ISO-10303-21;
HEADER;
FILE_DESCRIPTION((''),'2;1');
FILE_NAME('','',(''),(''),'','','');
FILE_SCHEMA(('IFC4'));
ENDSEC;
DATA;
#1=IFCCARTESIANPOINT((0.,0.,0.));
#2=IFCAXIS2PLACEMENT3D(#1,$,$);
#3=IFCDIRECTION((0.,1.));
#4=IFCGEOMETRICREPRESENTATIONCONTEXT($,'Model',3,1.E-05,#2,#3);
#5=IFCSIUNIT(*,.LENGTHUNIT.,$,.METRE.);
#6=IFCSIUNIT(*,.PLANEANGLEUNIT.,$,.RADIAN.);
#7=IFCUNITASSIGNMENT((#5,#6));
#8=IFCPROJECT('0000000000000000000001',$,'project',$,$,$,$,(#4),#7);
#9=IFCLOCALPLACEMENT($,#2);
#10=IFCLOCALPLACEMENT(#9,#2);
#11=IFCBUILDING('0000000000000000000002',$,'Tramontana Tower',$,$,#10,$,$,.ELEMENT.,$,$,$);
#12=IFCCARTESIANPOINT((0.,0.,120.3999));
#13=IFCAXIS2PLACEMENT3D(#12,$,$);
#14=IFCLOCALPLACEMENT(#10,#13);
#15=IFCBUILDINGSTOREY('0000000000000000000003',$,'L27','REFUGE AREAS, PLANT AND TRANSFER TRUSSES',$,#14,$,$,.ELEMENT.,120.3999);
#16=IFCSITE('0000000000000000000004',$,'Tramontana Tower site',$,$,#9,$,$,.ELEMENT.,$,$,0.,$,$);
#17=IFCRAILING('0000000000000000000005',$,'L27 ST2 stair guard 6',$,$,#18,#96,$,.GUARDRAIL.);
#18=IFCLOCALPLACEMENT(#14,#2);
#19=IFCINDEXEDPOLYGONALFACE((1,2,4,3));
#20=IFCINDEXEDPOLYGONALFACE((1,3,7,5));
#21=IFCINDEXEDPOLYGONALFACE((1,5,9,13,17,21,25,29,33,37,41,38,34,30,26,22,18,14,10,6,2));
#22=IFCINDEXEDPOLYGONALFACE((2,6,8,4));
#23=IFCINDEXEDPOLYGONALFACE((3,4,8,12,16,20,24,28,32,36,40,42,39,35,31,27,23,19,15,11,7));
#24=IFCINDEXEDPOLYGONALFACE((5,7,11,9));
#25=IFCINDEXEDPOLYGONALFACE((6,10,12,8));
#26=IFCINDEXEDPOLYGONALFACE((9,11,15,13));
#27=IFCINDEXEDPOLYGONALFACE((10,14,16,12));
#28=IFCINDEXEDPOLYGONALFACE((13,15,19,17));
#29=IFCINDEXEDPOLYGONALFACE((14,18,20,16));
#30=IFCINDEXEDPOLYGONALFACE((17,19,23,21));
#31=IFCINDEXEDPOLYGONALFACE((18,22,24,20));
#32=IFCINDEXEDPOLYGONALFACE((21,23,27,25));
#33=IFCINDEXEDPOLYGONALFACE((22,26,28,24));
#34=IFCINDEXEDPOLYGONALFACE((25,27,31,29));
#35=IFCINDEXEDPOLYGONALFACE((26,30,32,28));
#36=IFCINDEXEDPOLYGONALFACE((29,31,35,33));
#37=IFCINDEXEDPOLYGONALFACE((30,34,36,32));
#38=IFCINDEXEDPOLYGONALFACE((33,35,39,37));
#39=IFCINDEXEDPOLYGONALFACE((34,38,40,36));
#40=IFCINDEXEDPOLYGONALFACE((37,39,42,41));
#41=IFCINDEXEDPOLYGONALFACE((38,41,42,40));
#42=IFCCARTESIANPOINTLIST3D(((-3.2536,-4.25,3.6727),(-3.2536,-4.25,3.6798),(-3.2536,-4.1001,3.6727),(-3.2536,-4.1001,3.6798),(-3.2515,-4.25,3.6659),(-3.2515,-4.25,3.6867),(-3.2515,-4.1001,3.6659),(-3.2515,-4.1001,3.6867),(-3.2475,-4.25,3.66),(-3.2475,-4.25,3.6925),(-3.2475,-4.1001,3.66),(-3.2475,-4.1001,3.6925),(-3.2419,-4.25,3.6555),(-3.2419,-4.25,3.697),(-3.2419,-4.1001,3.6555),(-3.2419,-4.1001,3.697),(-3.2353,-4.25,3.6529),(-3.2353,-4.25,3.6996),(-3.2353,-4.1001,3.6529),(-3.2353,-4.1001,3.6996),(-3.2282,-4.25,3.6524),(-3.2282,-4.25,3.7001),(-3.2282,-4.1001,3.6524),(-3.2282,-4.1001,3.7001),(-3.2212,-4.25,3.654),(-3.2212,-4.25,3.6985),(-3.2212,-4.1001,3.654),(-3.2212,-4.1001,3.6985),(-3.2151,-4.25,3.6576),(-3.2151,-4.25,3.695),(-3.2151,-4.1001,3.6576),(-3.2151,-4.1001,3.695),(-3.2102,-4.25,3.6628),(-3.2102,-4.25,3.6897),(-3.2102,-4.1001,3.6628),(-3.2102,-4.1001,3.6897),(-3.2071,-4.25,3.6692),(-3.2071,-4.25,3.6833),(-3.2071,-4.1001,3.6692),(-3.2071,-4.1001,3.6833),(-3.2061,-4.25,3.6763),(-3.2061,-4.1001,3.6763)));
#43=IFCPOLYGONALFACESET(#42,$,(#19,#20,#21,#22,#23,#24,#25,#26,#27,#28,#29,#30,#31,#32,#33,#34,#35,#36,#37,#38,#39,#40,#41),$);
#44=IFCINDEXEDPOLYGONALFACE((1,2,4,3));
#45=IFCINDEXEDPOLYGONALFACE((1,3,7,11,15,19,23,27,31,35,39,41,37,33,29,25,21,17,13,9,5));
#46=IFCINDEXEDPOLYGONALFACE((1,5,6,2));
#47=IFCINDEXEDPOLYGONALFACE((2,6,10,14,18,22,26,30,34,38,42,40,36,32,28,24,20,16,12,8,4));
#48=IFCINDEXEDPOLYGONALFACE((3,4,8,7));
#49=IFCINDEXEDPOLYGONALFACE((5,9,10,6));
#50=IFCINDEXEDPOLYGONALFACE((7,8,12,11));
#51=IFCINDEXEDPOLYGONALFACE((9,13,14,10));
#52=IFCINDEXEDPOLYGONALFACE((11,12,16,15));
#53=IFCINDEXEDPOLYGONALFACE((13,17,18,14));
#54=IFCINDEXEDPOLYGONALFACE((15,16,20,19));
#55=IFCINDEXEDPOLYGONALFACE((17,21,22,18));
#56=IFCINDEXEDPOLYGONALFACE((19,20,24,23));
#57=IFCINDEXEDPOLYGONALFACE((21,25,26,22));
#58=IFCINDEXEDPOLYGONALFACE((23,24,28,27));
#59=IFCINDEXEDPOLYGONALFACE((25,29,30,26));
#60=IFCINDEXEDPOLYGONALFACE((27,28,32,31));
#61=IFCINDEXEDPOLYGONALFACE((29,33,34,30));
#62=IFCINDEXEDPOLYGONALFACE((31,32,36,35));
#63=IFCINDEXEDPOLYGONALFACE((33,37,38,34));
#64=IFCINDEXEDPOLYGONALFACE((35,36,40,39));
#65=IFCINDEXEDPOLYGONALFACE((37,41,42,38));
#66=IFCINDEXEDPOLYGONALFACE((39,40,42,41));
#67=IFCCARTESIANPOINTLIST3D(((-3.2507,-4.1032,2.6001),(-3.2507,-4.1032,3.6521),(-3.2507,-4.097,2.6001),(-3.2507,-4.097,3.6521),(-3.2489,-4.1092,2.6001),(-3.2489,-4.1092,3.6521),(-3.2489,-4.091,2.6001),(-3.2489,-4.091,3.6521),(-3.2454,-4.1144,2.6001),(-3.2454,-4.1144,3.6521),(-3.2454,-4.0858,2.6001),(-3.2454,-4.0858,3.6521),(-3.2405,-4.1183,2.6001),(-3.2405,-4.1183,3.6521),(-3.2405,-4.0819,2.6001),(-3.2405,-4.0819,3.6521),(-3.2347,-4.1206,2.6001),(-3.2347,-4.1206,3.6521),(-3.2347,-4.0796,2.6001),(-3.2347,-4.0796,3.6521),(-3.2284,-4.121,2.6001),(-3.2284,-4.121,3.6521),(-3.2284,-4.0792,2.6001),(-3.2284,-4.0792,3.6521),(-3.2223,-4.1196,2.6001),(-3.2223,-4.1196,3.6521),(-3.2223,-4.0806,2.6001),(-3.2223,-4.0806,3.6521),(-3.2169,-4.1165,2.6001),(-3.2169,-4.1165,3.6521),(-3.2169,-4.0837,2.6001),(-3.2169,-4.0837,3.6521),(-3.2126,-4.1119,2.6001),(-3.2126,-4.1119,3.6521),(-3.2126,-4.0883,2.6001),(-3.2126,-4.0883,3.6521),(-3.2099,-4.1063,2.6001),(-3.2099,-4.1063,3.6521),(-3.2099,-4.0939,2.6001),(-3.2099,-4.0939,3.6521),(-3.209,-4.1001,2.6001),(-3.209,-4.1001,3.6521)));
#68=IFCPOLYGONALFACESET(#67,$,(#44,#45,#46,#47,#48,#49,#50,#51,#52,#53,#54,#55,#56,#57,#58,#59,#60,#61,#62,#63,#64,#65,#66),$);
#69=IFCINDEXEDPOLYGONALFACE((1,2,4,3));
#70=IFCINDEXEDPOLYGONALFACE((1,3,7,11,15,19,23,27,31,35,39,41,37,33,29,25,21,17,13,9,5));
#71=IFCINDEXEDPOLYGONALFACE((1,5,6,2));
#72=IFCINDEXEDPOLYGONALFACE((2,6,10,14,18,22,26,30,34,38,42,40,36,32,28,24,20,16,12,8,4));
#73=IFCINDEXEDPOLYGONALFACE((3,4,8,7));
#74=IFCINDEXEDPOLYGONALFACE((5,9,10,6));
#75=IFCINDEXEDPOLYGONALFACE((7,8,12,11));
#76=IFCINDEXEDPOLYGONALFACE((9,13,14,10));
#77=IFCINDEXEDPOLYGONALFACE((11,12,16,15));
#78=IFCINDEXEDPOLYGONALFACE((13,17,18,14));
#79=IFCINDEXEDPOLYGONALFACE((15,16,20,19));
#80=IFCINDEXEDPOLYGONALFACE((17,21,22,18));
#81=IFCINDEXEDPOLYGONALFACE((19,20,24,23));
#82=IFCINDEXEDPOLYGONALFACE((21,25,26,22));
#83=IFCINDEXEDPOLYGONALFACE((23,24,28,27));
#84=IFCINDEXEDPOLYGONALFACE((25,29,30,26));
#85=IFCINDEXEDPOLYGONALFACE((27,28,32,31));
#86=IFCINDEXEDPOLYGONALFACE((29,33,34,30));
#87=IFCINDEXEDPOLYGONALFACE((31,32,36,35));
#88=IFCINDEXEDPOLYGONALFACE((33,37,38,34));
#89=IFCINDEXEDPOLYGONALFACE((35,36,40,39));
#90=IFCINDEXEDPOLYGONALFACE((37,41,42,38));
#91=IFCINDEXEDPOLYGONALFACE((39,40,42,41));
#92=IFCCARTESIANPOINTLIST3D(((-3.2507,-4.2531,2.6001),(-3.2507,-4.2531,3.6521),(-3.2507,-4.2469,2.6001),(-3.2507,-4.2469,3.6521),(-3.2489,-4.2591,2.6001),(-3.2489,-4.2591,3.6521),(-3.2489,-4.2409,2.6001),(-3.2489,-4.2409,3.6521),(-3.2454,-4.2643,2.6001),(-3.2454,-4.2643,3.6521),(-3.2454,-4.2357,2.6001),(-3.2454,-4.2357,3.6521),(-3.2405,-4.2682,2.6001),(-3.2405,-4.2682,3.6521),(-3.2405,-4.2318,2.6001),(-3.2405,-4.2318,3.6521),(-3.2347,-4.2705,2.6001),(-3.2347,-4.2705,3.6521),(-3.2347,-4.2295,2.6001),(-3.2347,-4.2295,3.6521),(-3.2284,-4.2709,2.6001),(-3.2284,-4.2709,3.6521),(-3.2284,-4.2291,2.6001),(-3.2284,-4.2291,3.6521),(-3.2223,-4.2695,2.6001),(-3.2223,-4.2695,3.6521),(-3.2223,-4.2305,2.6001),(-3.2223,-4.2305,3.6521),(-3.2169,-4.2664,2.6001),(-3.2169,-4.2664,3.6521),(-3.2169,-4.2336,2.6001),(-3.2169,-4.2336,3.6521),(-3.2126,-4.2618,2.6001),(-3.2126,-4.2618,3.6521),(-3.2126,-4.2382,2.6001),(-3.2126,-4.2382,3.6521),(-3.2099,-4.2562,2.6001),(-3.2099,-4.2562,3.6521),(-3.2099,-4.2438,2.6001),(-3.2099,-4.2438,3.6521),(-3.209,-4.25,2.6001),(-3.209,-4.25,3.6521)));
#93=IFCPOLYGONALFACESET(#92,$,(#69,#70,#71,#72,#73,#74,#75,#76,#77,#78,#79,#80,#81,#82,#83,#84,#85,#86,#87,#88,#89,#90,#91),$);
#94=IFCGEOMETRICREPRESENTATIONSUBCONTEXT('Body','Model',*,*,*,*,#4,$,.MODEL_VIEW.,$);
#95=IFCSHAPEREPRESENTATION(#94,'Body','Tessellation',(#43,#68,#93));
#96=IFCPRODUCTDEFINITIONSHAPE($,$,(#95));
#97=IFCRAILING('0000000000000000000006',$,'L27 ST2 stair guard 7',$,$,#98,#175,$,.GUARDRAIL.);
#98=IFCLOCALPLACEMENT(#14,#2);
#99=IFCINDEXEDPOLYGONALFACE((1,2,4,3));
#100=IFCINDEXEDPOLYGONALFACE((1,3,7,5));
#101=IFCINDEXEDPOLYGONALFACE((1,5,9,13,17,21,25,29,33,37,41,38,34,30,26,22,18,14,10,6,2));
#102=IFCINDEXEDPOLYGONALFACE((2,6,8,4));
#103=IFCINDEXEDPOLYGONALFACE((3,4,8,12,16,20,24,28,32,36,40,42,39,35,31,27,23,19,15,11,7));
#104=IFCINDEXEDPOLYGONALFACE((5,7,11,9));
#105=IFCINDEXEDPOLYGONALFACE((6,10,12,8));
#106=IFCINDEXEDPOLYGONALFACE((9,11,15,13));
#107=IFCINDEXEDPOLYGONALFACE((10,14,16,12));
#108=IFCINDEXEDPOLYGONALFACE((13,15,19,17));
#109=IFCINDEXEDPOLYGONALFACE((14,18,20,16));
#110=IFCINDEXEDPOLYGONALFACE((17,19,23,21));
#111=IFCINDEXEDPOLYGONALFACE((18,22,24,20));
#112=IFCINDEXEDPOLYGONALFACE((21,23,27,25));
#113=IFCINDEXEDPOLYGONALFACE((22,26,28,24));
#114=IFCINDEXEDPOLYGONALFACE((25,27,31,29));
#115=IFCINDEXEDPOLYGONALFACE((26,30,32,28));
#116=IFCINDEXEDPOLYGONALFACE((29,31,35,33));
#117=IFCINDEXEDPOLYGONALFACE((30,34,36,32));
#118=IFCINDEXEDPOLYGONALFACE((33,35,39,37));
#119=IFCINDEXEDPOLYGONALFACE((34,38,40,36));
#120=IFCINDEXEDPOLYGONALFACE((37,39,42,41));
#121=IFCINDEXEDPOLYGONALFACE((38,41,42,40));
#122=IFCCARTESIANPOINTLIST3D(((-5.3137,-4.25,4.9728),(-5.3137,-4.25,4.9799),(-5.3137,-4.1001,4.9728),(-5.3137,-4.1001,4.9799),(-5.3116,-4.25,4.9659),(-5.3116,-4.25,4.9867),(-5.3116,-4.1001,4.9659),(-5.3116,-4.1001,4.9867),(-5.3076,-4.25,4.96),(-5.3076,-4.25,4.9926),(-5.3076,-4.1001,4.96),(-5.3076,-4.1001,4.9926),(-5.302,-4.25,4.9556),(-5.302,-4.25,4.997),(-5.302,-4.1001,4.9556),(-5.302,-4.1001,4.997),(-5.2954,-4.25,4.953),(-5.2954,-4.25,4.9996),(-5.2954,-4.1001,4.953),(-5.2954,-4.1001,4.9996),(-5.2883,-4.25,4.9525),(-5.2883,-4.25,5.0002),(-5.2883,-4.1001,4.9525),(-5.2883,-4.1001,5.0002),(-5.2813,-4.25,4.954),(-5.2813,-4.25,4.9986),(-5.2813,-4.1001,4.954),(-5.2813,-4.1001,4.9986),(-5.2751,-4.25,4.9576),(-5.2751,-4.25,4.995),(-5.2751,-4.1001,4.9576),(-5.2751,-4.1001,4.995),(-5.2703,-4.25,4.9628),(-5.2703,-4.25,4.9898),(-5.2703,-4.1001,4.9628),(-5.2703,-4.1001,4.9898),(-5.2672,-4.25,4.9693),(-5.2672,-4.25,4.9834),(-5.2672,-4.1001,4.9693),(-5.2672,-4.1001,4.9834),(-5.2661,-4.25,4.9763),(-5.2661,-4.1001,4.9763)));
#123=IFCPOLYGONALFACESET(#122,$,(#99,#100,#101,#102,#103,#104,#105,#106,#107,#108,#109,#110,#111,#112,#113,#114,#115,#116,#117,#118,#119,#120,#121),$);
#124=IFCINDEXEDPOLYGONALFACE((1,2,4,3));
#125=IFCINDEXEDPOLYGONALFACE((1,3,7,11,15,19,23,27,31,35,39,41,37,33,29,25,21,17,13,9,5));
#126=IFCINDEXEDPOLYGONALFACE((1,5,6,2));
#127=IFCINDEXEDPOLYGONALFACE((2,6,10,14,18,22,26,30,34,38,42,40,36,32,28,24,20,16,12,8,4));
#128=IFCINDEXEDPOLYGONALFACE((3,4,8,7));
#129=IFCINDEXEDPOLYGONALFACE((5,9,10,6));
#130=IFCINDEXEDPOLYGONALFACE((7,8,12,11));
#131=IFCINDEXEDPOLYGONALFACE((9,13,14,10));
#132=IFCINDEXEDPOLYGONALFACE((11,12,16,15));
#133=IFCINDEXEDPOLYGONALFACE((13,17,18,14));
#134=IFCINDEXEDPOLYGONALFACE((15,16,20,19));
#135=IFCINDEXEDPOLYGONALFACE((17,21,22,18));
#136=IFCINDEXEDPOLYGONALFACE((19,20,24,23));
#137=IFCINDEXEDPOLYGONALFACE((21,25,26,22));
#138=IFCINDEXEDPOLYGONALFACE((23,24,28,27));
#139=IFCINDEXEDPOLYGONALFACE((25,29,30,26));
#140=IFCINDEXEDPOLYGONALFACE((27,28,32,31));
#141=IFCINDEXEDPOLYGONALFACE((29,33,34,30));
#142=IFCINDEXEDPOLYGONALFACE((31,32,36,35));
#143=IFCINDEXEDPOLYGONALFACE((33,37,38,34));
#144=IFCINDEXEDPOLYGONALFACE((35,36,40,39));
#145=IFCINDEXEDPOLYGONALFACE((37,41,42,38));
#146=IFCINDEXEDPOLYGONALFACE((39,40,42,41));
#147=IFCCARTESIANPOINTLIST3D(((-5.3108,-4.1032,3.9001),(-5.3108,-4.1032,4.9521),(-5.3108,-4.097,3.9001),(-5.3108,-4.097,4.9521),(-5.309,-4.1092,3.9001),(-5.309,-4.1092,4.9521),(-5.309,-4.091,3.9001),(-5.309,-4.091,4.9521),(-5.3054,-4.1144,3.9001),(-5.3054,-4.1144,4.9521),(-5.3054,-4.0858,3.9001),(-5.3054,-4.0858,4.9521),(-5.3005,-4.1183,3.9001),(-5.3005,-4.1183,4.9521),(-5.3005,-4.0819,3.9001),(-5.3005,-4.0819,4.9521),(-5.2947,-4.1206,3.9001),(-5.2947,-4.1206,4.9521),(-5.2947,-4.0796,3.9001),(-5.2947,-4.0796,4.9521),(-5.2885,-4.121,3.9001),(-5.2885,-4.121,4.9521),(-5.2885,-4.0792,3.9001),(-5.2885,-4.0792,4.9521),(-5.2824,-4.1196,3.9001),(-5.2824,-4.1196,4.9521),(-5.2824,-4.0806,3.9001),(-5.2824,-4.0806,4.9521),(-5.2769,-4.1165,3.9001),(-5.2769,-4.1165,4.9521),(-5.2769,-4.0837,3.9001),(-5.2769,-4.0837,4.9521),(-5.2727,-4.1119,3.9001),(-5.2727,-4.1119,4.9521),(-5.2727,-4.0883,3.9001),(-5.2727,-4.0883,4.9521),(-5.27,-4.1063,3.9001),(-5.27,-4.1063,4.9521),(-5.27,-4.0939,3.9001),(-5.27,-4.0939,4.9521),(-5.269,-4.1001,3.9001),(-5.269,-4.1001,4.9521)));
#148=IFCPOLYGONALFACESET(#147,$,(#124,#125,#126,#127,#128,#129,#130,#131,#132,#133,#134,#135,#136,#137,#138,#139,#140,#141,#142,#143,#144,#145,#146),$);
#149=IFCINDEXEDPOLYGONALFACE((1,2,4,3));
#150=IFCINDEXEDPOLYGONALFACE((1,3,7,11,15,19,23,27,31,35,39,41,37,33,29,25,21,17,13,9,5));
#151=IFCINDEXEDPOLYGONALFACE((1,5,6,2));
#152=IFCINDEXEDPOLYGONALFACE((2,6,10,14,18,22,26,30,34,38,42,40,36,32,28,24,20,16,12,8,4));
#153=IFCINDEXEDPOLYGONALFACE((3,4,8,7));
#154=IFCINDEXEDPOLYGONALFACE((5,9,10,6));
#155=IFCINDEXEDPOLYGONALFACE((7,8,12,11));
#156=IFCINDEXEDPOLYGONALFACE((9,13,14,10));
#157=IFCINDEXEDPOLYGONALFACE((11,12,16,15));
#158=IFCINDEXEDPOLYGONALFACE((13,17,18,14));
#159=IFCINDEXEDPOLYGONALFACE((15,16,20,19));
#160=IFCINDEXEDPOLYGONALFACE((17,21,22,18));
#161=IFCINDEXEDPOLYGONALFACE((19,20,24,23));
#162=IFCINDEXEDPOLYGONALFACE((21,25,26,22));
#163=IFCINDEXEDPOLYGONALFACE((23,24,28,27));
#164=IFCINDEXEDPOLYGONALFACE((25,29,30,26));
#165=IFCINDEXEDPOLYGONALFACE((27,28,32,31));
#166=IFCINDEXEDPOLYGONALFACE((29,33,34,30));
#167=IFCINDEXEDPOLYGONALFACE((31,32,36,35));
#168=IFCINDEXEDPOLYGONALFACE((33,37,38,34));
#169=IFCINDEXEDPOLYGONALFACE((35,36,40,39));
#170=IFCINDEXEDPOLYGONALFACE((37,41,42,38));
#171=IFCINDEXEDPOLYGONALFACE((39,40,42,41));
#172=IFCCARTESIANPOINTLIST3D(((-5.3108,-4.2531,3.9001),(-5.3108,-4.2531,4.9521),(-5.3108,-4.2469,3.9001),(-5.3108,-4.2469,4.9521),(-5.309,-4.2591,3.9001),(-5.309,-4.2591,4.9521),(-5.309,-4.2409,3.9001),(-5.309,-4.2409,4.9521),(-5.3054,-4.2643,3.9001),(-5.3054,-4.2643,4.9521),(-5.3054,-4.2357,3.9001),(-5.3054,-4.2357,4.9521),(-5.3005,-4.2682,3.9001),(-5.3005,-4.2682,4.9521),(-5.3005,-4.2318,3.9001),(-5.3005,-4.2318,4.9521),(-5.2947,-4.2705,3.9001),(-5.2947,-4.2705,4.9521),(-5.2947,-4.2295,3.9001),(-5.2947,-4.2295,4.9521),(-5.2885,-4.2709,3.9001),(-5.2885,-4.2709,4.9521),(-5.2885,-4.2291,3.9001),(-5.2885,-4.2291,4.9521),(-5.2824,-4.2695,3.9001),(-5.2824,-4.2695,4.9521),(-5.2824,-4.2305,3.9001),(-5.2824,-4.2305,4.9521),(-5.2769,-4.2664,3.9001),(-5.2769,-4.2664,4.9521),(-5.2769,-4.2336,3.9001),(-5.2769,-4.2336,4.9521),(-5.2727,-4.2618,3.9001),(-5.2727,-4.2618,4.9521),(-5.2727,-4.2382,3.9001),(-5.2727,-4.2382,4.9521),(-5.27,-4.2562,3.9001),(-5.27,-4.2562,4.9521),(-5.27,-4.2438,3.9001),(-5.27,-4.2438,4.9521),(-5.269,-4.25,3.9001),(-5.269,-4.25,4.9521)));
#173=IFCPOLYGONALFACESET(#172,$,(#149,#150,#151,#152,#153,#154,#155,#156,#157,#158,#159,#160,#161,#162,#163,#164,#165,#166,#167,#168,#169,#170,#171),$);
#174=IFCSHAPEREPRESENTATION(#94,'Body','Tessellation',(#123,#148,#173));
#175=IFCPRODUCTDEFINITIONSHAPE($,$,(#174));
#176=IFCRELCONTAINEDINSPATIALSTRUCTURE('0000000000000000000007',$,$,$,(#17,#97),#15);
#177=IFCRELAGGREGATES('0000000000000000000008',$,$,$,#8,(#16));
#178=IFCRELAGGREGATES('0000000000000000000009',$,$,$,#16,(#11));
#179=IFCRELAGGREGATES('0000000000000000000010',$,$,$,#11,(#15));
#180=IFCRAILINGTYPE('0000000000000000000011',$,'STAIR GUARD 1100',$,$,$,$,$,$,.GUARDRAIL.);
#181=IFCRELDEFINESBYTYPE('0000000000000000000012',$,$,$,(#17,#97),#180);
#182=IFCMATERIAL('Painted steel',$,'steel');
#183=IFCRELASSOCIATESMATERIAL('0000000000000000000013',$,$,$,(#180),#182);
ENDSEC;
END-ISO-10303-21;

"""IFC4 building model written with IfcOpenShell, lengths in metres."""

from ifc_helpers import new_model, si_unit, direction, frame, origin, origin_2d, place, context, subcontext, project, spatial, circle, extrude, material, type_object, element, save


model = new_model("IFC4")

# Units and contexts
model_context = context("Model", 3, precision=1e-05, world=origin(), true_north=direction((0.0, 1.0)))
body_context = subcontext(model_context, "Body", "Model", "MODEL_VIEW")
ifc_project = project(units=[si_unit("LENGTHUNIT", "METRE"), si_unit("PLANEANGLEUNIT", "RADIAN")], contexts=[model_context])

# Site, building, storey
site_placement = place(None, origin())
site = spatial("IfcSite", under=ifc_project, at=site_placement, Name="Tramontana Tower site", CompositionType="ELEMENT", RefElevation=0.0)
building_placement = place(site_placement, origin())
building = spatial("IfcBuilding", under=site, at=building_placement, Name="Tramontana Tower", CompositionType="ELEMENT")
storey_placement = place(building_placement, frame((0.0, 0.0, 120.3999)))
storey = spatial("IfcBuildingStorey", under=building, at=storey_placement, Name="L27", Description="REFUGE AREAS, PLANT AND TRANSFER TRUSSES", CompositionType="ELEMENT", Elevation=120.3999)

# Railings
ifc_material_1 = material(Name="Painted steel", Category="steel")
railing_type_1 = type_object("IfcRailingType", Name="STAIR GUARD 1100", PredefinedType="GUARDRAIL", material=ifc_material_1)
for number, where, name in (
    (1, (-3.23, -4.1001, 2.6001), "L27 ST2 stair guard 6"),
    (2, (-5.29, -4.1001, 3.9001), "L27 ST2 stair guard 7"),
):
    element("IfcRailing", number, at=place(storey_placement, frame(where)), inside=storey, type_object=railing_type_1, Name=name, PredefinedType="GUARDRAIL", context=body_context, shape_type="SweptSolid", body=[
        extrude(circle(Radius=0.0239, at=origin_2d()), frame((0.0, 0.0, 1.0762), z_axis=(0.0, -1.0, 0.0), x_axis=(1.0, 0.0, 0.0)), (0.0, 0.0, 1.0), 0.1499),
        extrude(circle(Radius=0.021, at=origin_2d()), origin(), (0.0, 0.0, 1.0), 1.052),
        extrude(circle(Radius=0.021, at=origin_2d()), frame((0.0, -0.1499, 0.0)), (0.0, 0.0, 1.0), 1.052),
    ])

save(model, "model.ifc")
